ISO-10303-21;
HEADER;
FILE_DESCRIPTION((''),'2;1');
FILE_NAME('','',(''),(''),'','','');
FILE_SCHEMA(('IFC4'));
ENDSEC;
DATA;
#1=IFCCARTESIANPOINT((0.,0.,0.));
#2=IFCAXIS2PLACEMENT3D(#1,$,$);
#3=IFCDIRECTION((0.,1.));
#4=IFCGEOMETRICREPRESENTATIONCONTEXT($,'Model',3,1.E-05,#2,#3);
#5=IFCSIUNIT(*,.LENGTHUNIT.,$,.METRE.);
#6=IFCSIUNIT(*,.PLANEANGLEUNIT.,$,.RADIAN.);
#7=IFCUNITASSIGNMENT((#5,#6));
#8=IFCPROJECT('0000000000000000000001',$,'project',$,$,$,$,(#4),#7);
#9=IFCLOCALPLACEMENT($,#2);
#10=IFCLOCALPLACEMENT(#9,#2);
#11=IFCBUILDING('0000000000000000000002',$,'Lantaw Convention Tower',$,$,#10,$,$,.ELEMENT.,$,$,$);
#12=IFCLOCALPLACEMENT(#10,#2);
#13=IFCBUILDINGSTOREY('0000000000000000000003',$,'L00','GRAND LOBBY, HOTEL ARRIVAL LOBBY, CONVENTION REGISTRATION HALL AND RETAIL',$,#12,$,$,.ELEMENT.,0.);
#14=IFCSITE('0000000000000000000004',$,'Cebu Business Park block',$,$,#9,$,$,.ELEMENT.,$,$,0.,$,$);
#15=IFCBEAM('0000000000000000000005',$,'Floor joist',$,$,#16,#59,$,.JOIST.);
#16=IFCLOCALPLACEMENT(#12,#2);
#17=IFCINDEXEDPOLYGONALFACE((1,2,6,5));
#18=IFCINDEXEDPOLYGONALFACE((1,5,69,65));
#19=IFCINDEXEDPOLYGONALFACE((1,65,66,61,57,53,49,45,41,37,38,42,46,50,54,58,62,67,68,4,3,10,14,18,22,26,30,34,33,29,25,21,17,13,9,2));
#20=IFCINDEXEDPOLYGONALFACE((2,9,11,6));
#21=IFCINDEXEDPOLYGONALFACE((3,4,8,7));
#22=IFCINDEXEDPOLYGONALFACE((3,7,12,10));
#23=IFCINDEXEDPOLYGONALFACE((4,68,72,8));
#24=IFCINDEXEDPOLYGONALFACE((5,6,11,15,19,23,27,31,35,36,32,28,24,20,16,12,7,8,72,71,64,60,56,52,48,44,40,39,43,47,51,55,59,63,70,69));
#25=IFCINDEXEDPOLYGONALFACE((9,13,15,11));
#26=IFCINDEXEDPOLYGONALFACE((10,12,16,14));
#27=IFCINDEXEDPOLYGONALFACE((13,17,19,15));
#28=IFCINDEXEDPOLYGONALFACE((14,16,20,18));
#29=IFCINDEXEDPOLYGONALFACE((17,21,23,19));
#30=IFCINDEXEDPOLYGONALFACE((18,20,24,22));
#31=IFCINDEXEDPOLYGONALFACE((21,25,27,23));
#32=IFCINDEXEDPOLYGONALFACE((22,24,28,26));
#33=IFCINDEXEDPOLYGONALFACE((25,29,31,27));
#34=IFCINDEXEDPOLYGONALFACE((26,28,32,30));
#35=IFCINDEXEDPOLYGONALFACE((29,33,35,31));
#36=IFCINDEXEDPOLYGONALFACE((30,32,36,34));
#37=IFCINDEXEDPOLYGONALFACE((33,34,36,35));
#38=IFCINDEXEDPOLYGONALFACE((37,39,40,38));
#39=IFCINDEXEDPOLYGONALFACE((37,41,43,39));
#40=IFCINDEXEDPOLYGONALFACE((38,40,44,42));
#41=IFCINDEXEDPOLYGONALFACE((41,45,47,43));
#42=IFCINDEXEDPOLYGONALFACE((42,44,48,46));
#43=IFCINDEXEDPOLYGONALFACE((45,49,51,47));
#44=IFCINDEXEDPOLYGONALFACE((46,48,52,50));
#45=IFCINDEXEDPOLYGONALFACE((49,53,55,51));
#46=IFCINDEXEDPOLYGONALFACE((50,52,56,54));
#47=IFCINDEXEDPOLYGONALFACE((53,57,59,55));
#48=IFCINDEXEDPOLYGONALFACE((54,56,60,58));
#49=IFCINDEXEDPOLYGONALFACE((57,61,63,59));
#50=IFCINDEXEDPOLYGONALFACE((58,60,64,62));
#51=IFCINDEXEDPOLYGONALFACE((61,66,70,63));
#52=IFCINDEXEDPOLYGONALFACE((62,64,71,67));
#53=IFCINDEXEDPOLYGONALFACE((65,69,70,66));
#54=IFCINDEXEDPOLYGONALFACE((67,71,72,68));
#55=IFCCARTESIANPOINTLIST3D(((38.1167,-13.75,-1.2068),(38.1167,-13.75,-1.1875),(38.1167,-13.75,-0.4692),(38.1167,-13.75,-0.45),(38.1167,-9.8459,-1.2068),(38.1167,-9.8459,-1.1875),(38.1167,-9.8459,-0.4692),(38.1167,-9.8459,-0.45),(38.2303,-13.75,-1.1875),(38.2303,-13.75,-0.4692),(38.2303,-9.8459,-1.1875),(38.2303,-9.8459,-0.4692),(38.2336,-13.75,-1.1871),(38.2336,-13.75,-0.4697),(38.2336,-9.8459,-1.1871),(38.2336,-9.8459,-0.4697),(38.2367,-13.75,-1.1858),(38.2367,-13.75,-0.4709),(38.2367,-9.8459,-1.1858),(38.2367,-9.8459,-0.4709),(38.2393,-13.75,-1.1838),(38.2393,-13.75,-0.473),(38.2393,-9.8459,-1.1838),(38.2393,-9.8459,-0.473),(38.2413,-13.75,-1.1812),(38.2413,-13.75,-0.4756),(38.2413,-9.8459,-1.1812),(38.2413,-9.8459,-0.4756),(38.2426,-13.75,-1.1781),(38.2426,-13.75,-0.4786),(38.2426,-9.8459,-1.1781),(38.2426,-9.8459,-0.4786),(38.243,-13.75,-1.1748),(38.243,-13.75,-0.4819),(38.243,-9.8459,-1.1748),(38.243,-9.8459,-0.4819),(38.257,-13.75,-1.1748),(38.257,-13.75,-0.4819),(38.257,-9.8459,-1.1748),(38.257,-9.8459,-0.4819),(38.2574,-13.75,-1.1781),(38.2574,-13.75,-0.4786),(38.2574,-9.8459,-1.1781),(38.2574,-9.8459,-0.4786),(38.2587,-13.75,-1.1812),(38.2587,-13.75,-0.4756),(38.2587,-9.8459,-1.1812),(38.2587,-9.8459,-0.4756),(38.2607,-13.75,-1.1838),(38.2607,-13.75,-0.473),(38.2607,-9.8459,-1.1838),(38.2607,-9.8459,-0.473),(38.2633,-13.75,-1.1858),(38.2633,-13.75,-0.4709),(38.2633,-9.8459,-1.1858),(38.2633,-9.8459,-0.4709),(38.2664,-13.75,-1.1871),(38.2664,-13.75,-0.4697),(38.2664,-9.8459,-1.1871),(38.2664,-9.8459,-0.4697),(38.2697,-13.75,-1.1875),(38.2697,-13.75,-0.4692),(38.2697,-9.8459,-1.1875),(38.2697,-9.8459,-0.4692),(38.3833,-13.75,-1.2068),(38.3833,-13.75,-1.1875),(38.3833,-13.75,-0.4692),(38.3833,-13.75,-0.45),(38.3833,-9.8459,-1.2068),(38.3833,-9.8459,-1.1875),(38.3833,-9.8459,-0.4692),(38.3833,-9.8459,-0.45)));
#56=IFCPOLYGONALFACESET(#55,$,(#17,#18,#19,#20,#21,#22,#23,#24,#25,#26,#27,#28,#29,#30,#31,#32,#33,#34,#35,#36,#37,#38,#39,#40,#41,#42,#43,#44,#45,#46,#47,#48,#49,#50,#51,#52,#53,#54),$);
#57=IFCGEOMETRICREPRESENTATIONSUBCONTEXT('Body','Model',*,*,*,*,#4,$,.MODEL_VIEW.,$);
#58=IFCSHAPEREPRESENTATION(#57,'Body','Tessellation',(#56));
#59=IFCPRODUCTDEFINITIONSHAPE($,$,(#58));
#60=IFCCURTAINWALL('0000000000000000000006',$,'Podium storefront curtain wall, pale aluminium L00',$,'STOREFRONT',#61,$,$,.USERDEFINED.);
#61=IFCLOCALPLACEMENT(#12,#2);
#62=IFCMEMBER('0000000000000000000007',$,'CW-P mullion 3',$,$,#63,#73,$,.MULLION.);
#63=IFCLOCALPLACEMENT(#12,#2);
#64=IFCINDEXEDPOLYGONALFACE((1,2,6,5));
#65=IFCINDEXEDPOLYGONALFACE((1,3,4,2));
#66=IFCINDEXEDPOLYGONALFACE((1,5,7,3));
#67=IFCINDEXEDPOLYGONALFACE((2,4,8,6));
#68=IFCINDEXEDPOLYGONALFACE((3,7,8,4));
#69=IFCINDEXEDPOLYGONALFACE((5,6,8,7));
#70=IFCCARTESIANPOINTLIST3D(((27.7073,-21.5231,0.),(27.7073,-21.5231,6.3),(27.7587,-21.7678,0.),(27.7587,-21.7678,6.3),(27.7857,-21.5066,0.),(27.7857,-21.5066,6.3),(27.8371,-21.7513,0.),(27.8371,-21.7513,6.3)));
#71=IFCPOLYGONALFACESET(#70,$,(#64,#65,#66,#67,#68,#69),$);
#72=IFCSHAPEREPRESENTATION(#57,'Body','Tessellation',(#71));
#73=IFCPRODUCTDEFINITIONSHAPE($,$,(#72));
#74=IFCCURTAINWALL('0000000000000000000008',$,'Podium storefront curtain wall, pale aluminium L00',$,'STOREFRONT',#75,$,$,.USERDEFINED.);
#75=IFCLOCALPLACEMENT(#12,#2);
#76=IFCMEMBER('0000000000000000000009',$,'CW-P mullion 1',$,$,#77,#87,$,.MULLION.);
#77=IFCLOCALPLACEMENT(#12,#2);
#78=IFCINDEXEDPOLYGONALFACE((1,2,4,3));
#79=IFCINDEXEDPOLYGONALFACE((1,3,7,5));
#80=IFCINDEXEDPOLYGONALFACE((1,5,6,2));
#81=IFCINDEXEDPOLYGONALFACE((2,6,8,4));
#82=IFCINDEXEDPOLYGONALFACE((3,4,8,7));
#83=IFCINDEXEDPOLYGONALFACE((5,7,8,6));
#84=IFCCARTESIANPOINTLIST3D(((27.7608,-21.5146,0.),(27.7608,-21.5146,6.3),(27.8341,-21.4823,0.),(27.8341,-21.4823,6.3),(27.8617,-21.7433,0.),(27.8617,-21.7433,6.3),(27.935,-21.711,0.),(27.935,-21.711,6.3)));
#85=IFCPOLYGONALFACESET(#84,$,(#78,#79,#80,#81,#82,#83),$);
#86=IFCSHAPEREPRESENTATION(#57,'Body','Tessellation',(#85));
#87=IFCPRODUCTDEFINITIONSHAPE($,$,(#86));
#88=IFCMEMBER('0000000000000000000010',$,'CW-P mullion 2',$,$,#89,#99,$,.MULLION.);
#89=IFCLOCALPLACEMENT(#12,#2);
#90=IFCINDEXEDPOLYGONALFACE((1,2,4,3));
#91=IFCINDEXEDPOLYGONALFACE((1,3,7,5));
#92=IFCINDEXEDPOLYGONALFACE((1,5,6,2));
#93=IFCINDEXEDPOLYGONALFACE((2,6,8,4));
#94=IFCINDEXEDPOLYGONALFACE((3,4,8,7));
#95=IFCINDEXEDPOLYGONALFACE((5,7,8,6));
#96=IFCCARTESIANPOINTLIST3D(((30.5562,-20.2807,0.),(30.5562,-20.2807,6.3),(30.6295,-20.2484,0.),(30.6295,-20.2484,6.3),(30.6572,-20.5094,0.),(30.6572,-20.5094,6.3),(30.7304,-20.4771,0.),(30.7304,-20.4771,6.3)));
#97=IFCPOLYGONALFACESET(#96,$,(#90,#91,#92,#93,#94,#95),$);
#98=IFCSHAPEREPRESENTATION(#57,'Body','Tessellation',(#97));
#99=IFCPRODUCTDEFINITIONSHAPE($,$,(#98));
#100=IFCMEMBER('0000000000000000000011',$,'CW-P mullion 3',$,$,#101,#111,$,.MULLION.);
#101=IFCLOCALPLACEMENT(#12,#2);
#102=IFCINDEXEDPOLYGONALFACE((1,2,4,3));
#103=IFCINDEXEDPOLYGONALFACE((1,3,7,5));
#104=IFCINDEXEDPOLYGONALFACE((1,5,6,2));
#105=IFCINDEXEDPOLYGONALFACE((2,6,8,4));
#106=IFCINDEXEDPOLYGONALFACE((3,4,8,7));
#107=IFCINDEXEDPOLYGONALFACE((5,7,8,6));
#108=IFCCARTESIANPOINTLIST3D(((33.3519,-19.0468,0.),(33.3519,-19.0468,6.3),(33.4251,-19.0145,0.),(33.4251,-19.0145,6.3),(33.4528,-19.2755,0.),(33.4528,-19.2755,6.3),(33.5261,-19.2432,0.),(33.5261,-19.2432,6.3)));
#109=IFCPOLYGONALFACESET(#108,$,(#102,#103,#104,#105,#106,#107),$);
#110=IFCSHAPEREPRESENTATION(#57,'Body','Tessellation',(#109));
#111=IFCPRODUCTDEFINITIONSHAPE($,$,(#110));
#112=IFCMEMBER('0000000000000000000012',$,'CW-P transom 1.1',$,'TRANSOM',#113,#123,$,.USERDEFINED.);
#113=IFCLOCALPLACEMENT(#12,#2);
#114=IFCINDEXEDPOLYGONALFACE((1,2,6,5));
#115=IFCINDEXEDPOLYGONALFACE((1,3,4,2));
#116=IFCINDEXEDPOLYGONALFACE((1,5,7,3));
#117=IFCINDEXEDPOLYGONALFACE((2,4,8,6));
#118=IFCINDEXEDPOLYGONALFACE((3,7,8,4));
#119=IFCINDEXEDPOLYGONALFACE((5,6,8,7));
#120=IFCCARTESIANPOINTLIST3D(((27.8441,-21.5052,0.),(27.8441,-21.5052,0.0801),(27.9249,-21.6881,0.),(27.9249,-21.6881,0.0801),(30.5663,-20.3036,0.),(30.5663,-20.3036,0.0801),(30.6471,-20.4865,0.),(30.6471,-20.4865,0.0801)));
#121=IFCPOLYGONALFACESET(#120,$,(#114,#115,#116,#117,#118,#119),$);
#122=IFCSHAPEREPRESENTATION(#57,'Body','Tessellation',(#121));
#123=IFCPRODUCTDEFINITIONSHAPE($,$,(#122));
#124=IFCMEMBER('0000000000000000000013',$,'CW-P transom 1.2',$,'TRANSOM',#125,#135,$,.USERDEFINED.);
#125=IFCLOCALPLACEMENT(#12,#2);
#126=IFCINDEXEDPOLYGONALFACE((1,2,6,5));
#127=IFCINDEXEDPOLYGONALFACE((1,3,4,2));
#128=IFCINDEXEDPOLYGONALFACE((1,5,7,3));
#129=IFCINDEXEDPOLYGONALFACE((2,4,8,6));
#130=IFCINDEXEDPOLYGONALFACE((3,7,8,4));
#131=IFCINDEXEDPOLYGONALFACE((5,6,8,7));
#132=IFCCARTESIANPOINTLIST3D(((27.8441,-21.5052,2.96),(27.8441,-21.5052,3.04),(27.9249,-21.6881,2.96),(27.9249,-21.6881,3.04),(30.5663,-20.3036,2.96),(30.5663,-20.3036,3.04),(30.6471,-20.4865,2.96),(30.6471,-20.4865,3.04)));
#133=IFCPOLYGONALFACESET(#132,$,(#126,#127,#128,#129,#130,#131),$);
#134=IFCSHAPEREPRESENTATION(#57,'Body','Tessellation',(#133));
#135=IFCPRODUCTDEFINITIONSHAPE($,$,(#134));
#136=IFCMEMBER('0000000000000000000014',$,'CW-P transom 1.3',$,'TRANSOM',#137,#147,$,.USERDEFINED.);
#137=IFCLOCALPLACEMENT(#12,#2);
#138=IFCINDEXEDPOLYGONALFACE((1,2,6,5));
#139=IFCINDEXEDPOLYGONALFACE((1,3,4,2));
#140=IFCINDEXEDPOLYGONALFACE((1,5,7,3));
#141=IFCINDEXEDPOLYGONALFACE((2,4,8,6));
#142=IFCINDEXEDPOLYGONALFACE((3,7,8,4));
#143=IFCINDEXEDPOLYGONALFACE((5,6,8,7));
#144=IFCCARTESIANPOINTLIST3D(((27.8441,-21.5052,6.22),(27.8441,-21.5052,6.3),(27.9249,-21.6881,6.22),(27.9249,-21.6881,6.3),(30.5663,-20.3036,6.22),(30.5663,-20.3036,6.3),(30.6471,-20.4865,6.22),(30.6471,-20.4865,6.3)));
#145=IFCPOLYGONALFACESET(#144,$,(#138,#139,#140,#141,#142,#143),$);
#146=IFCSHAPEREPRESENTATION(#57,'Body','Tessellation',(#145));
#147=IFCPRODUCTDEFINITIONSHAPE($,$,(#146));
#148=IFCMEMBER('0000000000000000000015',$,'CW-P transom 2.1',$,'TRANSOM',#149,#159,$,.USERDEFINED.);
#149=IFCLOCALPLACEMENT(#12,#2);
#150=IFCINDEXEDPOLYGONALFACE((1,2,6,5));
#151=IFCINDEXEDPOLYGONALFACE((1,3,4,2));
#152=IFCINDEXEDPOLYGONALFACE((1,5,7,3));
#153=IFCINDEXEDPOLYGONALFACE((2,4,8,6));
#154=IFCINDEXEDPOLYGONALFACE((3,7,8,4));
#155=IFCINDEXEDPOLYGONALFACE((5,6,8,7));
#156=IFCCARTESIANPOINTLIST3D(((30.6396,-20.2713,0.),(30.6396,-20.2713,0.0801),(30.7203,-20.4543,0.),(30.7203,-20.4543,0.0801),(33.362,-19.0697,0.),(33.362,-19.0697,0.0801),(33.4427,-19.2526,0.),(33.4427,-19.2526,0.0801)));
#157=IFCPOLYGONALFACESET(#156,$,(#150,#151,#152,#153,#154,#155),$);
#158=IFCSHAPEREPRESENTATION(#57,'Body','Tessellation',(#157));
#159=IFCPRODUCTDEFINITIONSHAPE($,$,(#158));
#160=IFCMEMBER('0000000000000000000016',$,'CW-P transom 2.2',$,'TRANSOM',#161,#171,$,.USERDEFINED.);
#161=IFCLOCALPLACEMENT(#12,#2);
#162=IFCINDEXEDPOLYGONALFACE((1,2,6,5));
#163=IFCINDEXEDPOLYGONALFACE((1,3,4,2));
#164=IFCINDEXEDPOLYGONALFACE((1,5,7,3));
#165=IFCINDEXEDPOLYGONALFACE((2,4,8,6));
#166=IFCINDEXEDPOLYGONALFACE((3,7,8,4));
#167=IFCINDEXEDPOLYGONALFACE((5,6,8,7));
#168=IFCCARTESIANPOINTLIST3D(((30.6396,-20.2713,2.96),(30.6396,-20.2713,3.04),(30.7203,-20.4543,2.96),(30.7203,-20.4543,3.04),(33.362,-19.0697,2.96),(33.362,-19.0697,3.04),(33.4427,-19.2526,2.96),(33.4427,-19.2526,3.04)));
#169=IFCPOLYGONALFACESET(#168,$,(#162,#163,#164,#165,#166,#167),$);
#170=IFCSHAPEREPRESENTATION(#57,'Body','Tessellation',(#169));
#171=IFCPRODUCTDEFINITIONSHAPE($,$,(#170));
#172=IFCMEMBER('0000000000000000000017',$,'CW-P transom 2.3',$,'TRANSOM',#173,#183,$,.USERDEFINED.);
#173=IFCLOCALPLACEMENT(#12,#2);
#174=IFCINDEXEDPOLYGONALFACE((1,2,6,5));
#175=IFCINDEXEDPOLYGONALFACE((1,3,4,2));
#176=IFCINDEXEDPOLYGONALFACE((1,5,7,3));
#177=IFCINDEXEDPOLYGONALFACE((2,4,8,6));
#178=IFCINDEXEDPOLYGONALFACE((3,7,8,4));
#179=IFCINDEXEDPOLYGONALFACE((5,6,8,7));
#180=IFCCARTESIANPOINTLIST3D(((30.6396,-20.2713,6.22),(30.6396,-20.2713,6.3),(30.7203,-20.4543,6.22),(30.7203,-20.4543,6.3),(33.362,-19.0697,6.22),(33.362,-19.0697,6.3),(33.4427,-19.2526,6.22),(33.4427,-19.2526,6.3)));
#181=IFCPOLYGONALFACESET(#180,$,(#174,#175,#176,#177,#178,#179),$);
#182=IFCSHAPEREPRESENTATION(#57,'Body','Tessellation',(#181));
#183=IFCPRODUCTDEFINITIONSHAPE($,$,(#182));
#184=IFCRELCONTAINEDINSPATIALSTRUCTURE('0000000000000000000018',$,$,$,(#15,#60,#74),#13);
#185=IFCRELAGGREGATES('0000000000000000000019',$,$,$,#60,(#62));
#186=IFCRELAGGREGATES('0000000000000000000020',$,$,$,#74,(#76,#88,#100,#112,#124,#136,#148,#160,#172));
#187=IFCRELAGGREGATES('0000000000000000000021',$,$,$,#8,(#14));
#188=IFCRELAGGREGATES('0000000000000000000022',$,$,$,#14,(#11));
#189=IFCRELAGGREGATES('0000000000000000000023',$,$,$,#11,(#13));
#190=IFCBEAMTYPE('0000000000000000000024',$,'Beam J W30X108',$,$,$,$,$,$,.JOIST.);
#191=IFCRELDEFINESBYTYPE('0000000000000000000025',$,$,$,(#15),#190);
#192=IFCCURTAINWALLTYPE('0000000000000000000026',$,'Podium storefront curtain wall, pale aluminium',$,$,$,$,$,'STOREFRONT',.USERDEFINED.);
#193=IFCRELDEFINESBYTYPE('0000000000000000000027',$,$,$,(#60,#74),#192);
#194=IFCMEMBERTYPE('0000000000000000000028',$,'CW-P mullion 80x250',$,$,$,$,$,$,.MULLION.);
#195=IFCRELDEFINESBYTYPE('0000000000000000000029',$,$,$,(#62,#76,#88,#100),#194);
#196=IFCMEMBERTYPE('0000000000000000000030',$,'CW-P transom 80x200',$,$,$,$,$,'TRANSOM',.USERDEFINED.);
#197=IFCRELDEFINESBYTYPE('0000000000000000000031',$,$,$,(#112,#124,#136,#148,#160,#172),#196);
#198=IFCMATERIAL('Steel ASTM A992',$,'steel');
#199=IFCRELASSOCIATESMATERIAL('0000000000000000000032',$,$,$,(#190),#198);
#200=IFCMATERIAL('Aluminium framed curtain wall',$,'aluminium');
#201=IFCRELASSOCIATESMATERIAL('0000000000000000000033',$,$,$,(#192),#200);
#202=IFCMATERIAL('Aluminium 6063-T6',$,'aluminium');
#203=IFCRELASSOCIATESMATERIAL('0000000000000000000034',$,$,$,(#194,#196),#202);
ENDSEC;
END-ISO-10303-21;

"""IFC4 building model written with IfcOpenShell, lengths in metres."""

from ifc_helpers import new_model, si_unit, direction, frame, origin, origin_2d, place, context, subcontext, project, spatial, rectangle, i_section, extrude, material, material_profile, profile_set, type_object, element, aggregate, save


model = new_model("IFC4")

# Units and contexts
model_context = context("Model", 3, precision=1e-05, world=origin(), true_north=direction((0.0, 1.0)))
body_context = subcontext(model_context, "Body", "Model", "MODEL_VIEW")
ifc_project = project(units=[si_unit("LENGTHUNIT", "METRE"), si_unit("PLANEANGLEUNIT", "RADIAN")], contexts=[model_context])

# Site, building, storey
site_placement = place(None, origin())
site = spatial("IfcSite", under=ifc_project, at=site_placement, Name="Cebu Business Park block", CompositionType="ELEMENT", RefElevation=0.0)
building_placement = place(site_placement, origin())
building = spatial("IfcBuilding", under=site, at=building_placement, Name="Lantaw Convention Tower", CompositionType="ELEMENT")
storey_placement = place(building_placement, origin())
storey = spatial("IfcBuildingStorey", under=building, at=storey_placement, Name="L00", Description="GRAND LOBBY, HOTEL ARRIVAL LOBBY, CONVENTION REGISTRATION HALL AND RETAIL", CompositionType="ELEMENT", Elevation=0.0)

# Beam
ifc_material_1 = material(Name="Steel ASTM A992", Category="steel")
ifc_material_profile_1 = material_profile(ifc_material_1, i_section(OverallWidth=0.2666, OverallDepth=0.7568, WebThickness=0.0139, FlangeThickness=0.0193, FilletRadius=0.0127, at=origin_2d()), Name="W30X108")
ifc_profile_set_1 = profile_set([ifc_material_profile_1], Name="Steel ASTM A992")
beam_type_1 = type_object("IfcBeamType", Name="Beam J W30X108", PredefinedType="JOIST", material=ifc_profile_set_1)
beam_1_placement = place(storey_placement, frame((38.25, -13.75, -0.8284), z_axis=(0.0, 1.0, 0.0), x_axis=(-1.0, 0.0, 0.0)))
element("IfcBeam", 1, at=beam_1_placement, inside=storey, type_object=beam_type_1, Name="Floor joist", PredefinedType="JOIST", context=body_context, shape_type="SweptSolid", body=[
    extrude(i_section(OverallWidth=0.2666, OverallDepth=0.7568, WebThickness=0.0139, FlangeThickness=0.0193, FilletRadius=0.0127, at=origin_2d()), origin(), (0.0, 0.0, 1.0), 3.9041),
])

# Curtain wall, member
ifc_material_2 = material(Name="Aluminium framed curtain wall", Category="aluminium")
curtain_wall_type = type_object("IfcCurtainWallType", Name="Podium storefront curtain wall, pale aluminium", ElementType="STOREFRONT", PredefinedType="USERDEFINED", material=ifc_material_2)
curtain_wall_1_placement = place(storey_placement, origin())
curtain_wall_1 = element("IfcCurtainWall", 2, at=curtain_wall_1_placement, inside=storey, type_object=curtain_wall_type, Name="Podium storefront curtain wall, pale aluminium L00", ObjectType="STOREFRONT", PredefinedType="USERDEFINED")
ifc_material_3 = material(Name="Aluminium 6063-T6", Category="aluminium")
ifc_material_profile_2 = material_profile(ifc_material_3, rectangle(XDim=0.25, YDim=0.0801, at=origin_2d()), Name="CW-P mullion 80x250")
ifc_profile_set_2 = profile_set([ifc_material_profile_2], Name="Aluminium 6063-T6")
member_type_1 = type_object("IfcMemberType", Name="CW-P mullion 80x250", PredefinedType="MULLION", material=ifc_profile_set_2)
member_1_placement = place(storey_placement, frame((27.7722, -21.6372, 0.0), z_axis=(0.0, 0.0, 1.0), x_axis=(-0.205652, 0.978625, 0.0)))
member_1 = element("IfcMember", 3, at=member_1_placement, type_object=member_type_1, Name="CW-P mullion 3", PredefinedType="MULLION", context=body_context, shape_type="SweptSolid", body=[
    extrude(rectangle(XDim=0.25, YDim=0.0801, at=origin_2d()), origin(), (0.0, 0.0, 1.0), 6.3),
])

# Curtain wall, members
curtain_wall_2_placement = place(storey_placement, origin())
curtain_wall_2 = element("IfcCurtainWall", 4, at=curtain_wall_2_placement, inside=storey, type_object=curtain_wall_type, Name="Podium storefront curtain wall, pale aluminium L00", ObjectType="STOREFRONT", PredefinedType="USERDEFINED")
member_2_placement = place(storey_placement, frame((27.8479, -21.6128, 0.0), z_axis=(0.0, 0.0, 1.0), x_axis=(-0.403804, 0.914846, 0.0)))
member_2 = element("IfcMember", 5, at=member_2_placement, type_object=member_type_1, Name="CW-P mullion 1", PredefinedType="MULLION", context=body_context, shape_type="SweptSolid", body=[
    extrude(rectangle(XDim=0.25, YDim=0.0801, at=origin_2d()), origin(), (0.0, 0.0, 1.0), 6.3),
])
member_3_placement = place(storey_placement, frame((30.6433, -20.3789, 0.0), z_axis=(0.0, 0.0, 1.0), x_axis=(-0.403804, 0.914846, 0.0)))
member_3 = element("IfcMember", 6, at=member_3_placement, type_object=member_type_1, Name="CW-P mullion 2", PredefinedType="MULLION", context=body_context, shape_type="SweptSolid", body=[
    extrude(rectangle(XDim=0.25, YDim=0.0801, at=origin_2d()), origin(), (0.0, 0.0, 1.0), 6.3),
])
member_4_placement = place(storey_placement, frame((33.439, -19.145, 0.0), z_axis=(0.0, 0.0, 1.0), x_axis=(-0.403804, 0.914846, 0.0)))
member_4 = element("IfcMember", 7, at=member_4_placement, type_object=member_type_1, Name="CW-P mullion 3", PredefinedType="MULLION", context=body_context, shape_type="SweptSolid", body=[
    extrude(rectangle(XDim=0.25, YDim=0.0801, at=origin_2d()), origin(), (0.0, 0.0, 1.0), 6.3),
])
ifc_material_profile_3 = material_profile(ifc_material_3, rectangle(XDim=0.2, YDim=0.0801, at=origin_2d()), Name="CW-P transom 80x200")
ifc_profile_set_3 = profile_set([ifc_material_profile_3], Name="Aluminium 6063-T6")
member_type_2 = type_object("IfcMemberType", Name="CW-P transom 80x200", ElementType="TRANSOM", PredefinedType="USERDEFINED", material=ifc_profile_set_3)
member_5_placement = place(storey_placement, frame((27.8845, -21.5967, 0.04), z_axis=(0.91483, 0.403838, 0.0), x_axis=(-0.403838, 0.91483, 0.0)))
member_5 = element("IfcMember", 8, at=member_5_placement, type_object=member_type_2, Name="CW-P transom 1.1", ObjectType="TRANSOM", PredefinedType="USERDEFINED", context=body_context, shape_type="SweptSolid", body=[
    extrude(rectangle(XDim=0.2, YDim=0.0801, at=origin_2d()), origin(), (0.0, 0.0, 1.0), 2.9756),
])
member_6_placement = place(storey_placement, frame((27.8845, -21.5967, 3.0), z_axis=(0.91483, 0.403838, 0.0), x_axis=(-0.403838, 0.91483, 0.0)))
member_6 = element("IfcMember", 9, at=member_6_placement, type_object=member_type_2, Name="CW-P transom 1.2", ObjectType="TRANSOM", PredefinedType="USERDEFINED", context=body_context, shape_type="SweptSolid", body=[
    extrude(rectangle(XDim=0.2, YDim=0.0801, at=origin_2d()), origin(), (0.0, 0.0, 1.0), 2.9756),
])
member_7_placement = place(storey_placement, frame((27.8845, -21.5967, 6.26), z_axis=(0.91483, 0.403838, 0.0), x_axis=(-0.403838, 0.91483, 0.0)))
member_7 = element("IfcMember", 10, at=member_7_placement, type_object=member_type_2, Name="CW-P transom 1.3", ObjectType="TRANSOM", PredefinedType="USERDEFINED", context=body_context, shape_type="SweptSolid", body=[
    extrude(rectangle(XDim=0.2, YDim=0.0801, at=origin_2d()), origin(), (0.0, 0.0, 1.0), 2.9756),
])
member_8_placement = place(storey_placement, frame((30.6799, -20.3628, 0.04), z_axis=(0.914844, 0.403808, 0.0), x_axis=(-0.403808, 0.914844, 0.0)))
member_8 = element("IfcMember", 11, at=member_8_placement, type_object=member_type_2, Name="CW-P transom 2.1", ObjectType="TRANSOM", PredefinedType="USERDEFINED", context=body_context, shape_type="SweptSolid", body=[
    extrude(rectangle(XDim=0.2, YDim=0.0801, at=origin_2d()), origin(), (0.0, 0.0, 1.0), 2.9758),
])
member_9_placement = place(storey_placement, frame((30.6799, -20.3628, 3.0), z_axis=(0.914844, 0.403808, 0.0), x_axis=(-0.403808, 0.914844, 0.0)))
member_9 = element("IfcMember", 12, at=member_9_placement, type_object=member_type_2, Name="CW-P transom 2.2", ObjectType="TRANSOM", PredefinedType="USERDEFINED", context=body_context, shape_type="SweptSolid", body=[
    extrude(rectangle(XDim=0.2, YDim=0.0801, at=origin_2d()), origin(), (0.0, 0.0, 1.0), 2.9758),
])
member_10_placement = place(storey_placement, frame((30.6799, -20.3628, 6.26), z_axis=(0.914844, 0.403808, 0.0), x_axis=(-0.403808, 0.914844, 0.0)))
member_10 = element("IfcMember", 13, at=member_10_placement, type_object=member_type_2, Name="CW-P transom 2.3", ObjectType="TRANSOM", PredefinedType="USERDEFINED", context=body_context, shape_type="SweptSolid", body=[
    extrude(rectangle(XDim=0.2, YDim=0.0801, at=origin_2d()), origin(), (0.0, 0.0, 1.0), 2.9758),
])

aggregate(curtain_wall_1, [member_1])
aggregate(curtain_wall_2, [member_2, member_3, member_4, member_5, member_6, member_7, member_8, member_9, member_10])

save(model, "model.ifc")
